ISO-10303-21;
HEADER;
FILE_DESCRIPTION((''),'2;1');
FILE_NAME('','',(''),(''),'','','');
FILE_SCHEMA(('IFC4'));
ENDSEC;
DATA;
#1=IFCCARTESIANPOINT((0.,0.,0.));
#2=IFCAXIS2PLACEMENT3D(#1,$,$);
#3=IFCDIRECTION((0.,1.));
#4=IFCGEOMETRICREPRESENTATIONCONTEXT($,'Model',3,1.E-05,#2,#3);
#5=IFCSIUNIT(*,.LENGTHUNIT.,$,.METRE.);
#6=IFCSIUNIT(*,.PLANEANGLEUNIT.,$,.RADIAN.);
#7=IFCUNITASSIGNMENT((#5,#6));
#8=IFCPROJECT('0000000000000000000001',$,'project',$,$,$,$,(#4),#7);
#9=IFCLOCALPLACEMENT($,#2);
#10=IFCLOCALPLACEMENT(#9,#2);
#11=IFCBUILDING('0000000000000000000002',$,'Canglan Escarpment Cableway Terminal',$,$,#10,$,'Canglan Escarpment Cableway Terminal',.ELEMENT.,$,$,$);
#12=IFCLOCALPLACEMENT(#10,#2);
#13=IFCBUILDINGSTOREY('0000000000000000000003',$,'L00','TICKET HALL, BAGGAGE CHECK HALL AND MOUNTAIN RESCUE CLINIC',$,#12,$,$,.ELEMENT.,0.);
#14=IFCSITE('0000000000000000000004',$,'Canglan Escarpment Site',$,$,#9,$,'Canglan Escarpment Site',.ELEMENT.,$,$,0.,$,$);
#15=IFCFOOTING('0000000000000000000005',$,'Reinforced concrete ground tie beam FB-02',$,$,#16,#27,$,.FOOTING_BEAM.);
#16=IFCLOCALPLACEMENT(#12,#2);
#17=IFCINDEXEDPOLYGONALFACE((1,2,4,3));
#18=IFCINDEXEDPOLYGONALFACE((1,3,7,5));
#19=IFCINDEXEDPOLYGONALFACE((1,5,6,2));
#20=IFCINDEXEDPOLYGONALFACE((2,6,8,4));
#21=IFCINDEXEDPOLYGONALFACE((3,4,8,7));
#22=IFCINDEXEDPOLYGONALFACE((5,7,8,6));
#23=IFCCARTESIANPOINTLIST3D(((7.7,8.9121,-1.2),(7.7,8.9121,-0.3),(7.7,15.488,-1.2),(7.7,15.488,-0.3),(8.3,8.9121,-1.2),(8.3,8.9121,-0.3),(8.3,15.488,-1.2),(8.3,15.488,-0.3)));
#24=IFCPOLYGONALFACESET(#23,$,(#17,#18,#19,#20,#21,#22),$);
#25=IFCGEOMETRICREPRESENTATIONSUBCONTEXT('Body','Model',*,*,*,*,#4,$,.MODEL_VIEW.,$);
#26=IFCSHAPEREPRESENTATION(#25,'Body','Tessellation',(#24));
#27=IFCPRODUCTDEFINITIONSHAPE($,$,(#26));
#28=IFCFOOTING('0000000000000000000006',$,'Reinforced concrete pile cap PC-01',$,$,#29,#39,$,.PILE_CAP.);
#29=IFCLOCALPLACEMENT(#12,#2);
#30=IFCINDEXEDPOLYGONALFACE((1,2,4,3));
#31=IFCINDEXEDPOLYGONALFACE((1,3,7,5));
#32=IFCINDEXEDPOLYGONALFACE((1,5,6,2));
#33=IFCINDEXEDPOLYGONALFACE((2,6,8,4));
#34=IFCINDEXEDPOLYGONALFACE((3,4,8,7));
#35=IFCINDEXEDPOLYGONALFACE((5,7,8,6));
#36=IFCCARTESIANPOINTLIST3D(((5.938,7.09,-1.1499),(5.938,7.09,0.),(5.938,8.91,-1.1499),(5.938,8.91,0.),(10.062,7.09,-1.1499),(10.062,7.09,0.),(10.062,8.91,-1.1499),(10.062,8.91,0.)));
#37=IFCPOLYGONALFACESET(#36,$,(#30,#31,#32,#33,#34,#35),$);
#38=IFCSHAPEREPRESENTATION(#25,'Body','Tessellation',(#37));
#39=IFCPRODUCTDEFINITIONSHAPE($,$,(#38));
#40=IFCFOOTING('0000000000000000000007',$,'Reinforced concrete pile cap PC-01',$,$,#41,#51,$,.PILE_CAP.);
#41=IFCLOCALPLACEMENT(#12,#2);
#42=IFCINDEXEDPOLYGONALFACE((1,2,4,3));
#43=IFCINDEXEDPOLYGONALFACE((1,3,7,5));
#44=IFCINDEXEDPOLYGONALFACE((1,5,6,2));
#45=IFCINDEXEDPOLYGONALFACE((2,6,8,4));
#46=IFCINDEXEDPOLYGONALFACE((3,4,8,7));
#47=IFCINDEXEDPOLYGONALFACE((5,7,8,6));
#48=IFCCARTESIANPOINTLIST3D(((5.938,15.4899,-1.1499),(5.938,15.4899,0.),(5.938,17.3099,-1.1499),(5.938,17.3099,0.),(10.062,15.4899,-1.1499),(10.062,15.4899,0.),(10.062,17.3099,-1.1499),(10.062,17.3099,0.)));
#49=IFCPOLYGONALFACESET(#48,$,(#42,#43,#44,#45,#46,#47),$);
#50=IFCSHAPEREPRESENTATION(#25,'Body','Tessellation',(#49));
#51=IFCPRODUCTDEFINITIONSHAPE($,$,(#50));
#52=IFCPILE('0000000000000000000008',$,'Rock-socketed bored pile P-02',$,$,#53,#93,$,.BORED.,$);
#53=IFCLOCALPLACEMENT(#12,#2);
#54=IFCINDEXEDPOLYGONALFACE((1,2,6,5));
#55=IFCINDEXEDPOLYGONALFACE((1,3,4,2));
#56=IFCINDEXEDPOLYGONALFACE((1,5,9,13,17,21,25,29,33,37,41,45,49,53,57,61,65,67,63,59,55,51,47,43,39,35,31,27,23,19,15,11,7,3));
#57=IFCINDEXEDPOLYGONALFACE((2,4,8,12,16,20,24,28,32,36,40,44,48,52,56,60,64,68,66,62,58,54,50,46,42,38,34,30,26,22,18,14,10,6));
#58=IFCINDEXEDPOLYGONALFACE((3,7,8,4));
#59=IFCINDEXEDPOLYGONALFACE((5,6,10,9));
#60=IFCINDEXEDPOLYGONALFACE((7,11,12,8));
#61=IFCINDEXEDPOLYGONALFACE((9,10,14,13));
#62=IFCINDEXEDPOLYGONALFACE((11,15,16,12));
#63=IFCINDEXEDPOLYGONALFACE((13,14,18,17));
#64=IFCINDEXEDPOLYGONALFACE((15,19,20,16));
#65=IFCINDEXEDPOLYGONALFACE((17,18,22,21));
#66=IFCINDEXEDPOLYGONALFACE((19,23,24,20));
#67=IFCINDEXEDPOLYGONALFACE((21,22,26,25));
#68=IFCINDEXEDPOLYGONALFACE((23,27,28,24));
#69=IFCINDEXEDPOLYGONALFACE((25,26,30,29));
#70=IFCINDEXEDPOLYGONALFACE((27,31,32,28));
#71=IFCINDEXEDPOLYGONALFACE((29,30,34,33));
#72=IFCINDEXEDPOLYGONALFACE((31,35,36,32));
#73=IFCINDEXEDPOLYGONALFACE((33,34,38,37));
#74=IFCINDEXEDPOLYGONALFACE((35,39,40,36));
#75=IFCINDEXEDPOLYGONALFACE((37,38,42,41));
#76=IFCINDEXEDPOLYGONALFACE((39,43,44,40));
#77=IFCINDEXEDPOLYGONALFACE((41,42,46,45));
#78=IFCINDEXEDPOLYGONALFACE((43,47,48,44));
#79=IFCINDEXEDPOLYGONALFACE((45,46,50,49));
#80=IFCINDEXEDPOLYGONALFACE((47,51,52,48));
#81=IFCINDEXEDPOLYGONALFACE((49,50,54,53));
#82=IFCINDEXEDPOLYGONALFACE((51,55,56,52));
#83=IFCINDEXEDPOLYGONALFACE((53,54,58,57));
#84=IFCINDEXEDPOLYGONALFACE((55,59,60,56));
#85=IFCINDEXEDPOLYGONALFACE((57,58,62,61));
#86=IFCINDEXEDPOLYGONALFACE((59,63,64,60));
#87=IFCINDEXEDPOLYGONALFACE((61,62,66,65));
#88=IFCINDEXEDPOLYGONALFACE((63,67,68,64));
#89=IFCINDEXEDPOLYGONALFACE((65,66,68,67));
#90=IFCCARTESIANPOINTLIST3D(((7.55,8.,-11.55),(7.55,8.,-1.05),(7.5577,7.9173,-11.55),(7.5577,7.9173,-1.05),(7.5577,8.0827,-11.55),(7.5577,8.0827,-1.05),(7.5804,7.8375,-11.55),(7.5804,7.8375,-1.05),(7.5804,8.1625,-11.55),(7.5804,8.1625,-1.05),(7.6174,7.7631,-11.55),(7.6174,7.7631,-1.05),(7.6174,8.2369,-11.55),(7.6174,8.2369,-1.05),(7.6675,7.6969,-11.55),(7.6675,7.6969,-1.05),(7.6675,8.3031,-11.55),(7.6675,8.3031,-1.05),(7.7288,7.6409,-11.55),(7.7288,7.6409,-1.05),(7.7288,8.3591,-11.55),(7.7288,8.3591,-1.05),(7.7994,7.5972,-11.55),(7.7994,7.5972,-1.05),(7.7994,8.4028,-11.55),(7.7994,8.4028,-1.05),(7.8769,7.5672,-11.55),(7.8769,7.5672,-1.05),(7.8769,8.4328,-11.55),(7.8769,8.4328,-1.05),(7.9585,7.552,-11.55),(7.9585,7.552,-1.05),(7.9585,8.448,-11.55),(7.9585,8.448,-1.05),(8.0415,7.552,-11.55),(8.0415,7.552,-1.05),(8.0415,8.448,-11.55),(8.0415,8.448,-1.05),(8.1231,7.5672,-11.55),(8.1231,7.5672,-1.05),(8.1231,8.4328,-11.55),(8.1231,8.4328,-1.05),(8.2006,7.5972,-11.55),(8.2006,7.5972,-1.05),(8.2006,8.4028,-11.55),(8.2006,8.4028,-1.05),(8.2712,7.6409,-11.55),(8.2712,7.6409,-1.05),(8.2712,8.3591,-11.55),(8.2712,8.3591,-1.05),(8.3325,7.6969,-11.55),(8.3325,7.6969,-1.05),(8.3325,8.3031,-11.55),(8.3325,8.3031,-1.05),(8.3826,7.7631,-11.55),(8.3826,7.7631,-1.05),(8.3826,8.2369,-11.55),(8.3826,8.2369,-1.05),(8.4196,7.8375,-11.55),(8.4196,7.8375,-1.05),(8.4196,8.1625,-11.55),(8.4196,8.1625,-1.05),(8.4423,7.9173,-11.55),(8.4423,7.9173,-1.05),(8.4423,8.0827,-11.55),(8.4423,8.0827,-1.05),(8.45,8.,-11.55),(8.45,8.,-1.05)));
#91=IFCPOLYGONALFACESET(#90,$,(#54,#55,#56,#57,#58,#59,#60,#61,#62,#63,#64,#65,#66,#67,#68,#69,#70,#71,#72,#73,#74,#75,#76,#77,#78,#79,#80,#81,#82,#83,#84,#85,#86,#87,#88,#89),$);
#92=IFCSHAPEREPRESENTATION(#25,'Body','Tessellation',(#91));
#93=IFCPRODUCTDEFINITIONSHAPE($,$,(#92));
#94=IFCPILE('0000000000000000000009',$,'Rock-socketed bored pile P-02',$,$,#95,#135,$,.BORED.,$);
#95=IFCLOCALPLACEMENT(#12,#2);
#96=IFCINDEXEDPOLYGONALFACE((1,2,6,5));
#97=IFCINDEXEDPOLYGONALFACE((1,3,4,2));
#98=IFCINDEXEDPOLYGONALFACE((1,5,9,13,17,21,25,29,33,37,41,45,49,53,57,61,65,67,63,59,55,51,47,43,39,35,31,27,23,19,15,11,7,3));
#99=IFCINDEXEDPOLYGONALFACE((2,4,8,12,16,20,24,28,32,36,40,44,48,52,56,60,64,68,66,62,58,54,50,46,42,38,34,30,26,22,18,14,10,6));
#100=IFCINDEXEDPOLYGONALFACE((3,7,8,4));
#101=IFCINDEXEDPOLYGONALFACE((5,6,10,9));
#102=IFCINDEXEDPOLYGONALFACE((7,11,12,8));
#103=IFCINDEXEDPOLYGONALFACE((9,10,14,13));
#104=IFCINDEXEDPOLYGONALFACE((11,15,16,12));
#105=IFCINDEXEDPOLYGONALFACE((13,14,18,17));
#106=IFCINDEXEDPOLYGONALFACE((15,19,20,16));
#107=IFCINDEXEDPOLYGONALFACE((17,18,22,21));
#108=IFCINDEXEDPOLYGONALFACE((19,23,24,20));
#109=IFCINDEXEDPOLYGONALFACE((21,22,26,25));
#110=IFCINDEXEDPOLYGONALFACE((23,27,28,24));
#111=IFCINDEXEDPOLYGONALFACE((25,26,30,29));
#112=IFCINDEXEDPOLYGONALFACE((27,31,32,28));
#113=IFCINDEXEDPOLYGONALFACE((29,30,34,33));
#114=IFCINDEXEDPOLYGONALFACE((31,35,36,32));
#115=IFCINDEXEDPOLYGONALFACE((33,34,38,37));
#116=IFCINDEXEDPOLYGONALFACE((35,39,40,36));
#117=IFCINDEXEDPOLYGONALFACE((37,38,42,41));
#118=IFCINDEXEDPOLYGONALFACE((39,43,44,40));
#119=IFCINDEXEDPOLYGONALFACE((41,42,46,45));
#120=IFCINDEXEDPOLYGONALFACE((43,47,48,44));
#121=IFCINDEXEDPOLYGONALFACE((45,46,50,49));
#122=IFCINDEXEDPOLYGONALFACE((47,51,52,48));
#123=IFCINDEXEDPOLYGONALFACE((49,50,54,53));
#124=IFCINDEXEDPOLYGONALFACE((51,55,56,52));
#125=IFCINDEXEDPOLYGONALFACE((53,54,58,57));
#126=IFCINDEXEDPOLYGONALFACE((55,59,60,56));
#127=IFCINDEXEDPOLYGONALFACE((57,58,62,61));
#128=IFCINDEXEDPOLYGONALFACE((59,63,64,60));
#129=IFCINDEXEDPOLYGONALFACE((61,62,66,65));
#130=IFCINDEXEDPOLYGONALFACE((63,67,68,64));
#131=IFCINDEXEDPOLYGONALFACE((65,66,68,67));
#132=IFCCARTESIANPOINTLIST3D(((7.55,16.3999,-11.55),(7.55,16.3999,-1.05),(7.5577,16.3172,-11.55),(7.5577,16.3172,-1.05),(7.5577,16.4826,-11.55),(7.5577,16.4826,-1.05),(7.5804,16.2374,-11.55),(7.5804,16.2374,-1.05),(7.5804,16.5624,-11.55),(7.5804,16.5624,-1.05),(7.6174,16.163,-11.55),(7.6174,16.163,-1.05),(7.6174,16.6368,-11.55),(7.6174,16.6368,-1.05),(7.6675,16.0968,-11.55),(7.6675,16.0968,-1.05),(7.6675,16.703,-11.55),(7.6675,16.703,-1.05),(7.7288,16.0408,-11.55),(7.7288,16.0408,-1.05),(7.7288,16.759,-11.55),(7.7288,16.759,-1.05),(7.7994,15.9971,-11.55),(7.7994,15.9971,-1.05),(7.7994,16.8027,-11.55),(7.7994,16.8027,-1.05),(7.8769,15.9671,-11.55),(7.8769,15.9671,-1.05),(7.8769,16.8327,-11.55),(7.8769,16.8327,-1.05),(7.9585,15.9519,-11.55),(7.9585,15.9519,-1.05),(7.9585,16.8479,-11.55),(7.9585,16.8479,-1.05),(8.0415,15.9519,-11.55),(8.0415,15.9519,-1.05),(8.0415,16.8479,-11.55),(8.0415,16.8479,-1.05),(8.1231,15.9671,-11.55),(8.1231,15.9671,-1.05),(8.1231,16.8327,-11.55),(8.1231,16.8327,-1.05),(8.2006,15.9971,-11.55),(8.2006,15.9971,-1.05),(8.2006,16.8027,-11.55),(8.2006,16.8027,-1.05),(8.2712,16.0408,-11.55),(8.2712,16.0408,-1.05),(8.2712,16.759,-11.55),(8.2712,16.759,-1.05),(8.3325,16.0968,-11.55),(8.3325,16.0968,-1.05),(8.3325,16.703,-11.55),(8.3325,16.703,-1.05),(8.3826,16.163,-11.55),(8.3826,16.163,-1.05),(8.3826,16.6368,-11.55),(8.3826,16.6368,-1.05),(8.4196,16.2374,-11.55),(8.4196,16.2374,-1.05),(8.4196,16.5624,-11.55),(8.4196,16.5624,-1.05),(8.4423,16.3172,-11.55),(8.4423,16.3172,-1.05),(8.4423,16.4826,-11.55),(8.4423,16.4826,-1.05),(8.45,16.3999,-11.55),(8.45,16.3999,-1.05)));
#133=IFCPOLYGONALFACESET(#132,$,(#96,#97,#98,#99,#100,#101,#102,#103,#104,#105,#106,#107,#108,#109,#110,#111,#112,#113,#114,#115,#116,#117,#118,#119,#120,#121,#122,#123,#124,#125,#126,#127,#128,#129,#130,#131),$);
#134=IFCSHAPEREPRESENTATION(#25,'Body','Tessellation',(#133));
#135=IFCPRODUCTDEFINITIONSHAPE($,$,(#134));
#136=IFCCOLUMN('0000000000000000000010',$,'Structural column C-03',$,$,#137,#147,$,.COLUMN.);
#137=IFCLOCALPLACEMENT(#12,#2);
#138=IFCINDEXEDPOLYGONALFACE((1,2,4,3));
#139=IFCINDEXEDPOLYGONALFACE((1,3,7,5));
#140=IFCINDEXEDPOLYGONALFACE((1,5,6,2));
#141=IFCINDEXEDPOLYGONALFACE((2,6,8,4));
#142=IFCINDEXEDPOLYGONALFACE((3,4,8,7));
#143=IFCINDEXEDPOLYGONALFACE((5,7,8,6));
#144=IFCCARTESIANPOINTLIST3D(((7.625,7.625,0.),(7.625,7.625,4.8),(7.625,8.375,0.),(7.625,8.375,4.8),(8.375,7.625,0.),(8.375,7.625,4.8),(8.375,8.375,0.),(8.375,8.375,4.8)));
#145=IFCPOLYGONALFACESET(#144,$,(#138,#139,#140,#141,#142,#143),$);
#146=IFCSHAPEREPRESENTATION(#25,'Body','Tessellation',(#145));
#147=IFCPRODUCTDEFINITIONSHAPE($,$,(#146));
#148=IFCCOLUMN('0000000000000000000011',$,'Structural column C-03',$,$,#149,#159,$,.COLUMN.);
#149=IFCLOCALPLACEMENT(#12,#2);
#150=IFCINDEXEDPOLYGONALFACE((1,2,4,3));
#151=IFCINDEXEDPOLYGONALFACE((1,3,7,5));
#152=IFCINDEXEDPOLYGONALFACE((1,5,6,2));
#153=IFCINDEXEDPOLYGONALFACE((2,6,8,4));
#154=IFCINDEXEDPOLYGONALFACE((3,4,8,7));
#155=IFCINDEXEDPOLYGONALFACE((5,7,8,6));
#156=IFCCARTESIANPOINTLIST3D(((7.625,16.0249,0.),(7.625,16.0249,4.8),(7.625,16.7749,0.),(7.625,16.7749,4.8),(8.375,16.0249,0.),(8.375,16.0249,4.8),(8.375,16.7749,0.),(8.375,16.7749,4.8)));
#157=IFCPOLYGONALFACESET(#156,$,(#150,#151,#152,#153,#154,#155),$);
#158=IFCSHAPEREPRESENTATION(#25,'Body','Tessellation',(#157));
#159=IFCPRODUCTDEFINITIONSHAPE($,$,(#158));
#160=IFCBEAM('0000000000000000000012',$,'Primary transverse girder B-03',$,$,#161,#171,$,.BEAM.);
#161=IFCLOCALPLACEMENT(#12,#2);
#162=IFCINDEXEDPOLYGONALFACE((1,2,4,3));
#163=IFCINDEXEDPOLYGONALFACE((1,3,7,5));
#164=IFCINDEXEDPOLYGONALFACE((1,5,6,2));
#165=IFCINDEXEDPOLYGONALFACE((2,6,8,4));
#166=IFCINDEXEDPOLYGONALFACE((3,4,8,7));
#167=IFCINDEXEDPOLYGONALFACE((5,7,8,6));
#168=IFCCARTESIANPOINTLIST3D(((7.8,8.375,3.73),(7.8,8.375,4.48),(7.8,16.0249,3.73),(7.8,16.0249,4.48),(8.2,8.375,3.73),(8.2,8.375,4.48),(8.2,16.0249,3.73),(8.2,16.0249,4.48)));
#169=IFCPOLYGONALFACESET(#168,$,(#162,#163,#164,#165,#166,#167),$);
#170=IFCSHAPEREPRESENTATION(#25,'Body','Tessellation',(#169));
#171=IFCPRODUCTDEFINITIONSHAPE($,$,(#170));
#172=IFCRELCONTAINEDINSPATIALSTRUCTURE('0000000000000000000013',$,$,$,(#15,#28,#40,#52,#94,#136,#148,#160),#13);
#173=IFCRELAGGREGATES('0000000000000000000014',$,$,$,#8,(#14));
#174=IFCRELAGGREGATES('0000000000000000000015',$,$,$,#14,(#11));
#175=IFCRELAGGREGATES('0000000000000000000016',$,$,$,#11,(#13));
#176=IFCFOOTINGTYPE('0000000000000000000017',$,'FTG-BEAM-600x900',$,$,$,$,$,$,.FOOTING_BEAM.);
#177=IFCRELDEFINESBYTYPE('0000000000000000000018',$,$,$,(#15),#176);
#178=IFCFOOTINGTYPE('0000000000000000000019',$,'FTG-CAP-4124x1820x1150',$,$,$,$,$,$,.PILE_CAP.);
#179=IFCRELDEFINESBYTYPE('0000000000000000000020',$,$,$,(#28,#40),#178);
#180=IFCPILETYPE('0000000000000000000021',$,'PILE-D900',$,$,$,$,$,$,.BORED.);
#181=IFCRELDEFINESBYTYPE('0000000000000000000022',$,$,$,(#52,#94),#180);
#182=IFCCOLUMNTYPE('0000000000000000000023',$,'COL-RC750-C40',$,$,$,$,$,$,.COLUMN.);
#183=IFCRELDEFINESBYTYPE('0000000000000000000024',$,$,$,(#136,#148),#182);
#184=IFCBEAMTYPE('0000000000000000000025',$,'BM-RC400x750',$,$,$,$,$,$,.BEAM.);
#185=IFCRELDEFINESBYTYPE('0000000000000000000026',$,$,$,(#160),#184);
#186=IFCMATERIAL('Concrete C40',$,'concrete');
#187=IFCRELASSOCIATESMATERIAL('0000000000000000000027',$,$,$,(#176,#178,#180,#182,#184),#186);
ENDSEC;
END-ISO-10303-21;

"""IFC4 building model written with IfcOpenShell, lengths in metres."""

from ifc_helpers import new_model, si_unit, direction, frame, origin, origin_2d, place, context, subcontext, project, spatial, rectangle, circle, extrude, material, material_profile, profile_set, type_object, element, save


model = new_model("IFC4")

# Units and contexts
model_context = context("Model", 3, precision=1e-05, world=origin(), true_north=direction((0.0, 1.0)))
body_context = subcontext(model_context, "Body", "Model", "MODEL_VIEW")
ifc_project = project(units=[si_unit("LENGTHUNIT", "METRE"), si_unit("PLANEANGLEUNIT", "RADIAN")], contexts=[model_context])

# Site, building, storey
site_placement = place(None, origin())
site = spatial("IfcSite", under=ifc_project, at=site_placement, Name="Canglan Escarpment Site", LongName="Canglan Escarpment Site", CompositionType="ELEMENT", RefElevation=0.0)
building_placement = place(site_placement, origin())
building = spatial("IfcBuilding", under=site, at=building_placement, Name="Canglan Escarpment Cableway Terminal", LongName="Canglan Escarpment Cableway Terminal", CompositionType="ELEMENT")
storey_placement = place(building_placement, origin())
storey = spatial("IfcBuildingStorey", under=building, at=storey_placement, Name="L00", Description="TICKET HALL, BAGGAGE CHECK HALL AND MOUNTAIN RESCUE CLINIC", CompositionType="ELEMENT", Elevation=0.0)

# Footings
ifc_material_1 = material(Name="Concrete C40", Category="concrete")
ifc_material_profile_1 = material_profile(ifc_material_1, rectangle(XDim=0.6001, YDim=0.8999, at=origin_2d()), Name="FB 600x900")
ifc_profile_set_1 = profile_set([ifc_material_profile_1], Name="Concrete C40")
footing_type_1 = type_object("IfcFootingType", Name="FTG-BEAM-600x900", PredefinedType="FOOTING_BEAM", material=ifc_profile_set_1)
footing_placement = place(storey_placement, frame((8.0, 8.9121, -0.75), z_axis=(0.0, 1.0, 0.0), x_axis=(-1.0, 0.0, 0.0)))
element("IfcFooting", 1, at=footing_placement, inside=storey, type_object=footing_type_1, Name="Reinforced concrete ground tie beam FB-02", PredefinedType="FOOTING_BEAM", context=body_context, shape_type="SweptSolid", body=[
    extrude(rectangle(XDim=0.6001, YDim=0.8999, at=origin_2d()), origin(), (0.0, 0.0, 1.0), 6.5759),
])
footing_type_2 = type_object("IfcFootingType", Name="FTG-CAP-4124x1820x1150", PredefinedType="PILE_CAP", material=ifc_material_1)
for number, where, z_axis, x_axis, name in (
    (2, (8.0, 8.0, -1.1499), (0.0, 0.0, 1.0), (1.0, 0.0, 0.0), "Reinforced concrete pile cap PC-01"),
    (3, (8.0, 16.3999, -1.1499), (0.0, 0.0, 1.0), (1.0, 0.0, 0.0), "Reinforced concrete pile cap PC-01"),
):
    element("IfcFooting", number, at=place(storey_placement, frame(where, z_axis=z_axis, x_axis=x_axis)), inside=storey, type_object=footing_type_2, Name=name, PredefinedType="PILE_CAP", context=body_context, shape_type="SweptSolid", body=[
        extrude(rectangle(XDim=4.124, YDim=1.8201, at=origin_2d()), origin(), (0.0, 0.0, 1.0), 1.1499),
    ])

# Piles
ifc_material_profile_2 = material_profile(ifc_material_1, circle(Radius=0.45, at=origin_2d()), Name="BORED PILE D900")
ifc_profile_set_2 = profile_set([ifc_material_profile_2], Name="Concrete C40")
pile_type = type_object("IfcPileType", Name="PILE-D900", PredefinedType="BORED", material=ifc_profile_set_2)
for number, where, z_axis, x_axis, name in (
    (4, (8.0, 8.0, -1.05), (0.0, 0.0, -1.0), (1.0, 0.0, 0.0), "Rock-socketed bored pile P-02"),
    (5, (8.0, 16.3999, -1.05), (0.0, 0.0, -1.0), (1.0, 0.0, 0.0), "Rock-socketed bored pile P-02"),
):
    element("IfcPile", number, at=place(storey_placement, frame(where, z_axis=z_axis, x_axis=x_axis)), inside=storey, type_object=pile_type, Name=name, PredefinedType="BORED", context=body_context, shape_type="SweptSolid", body=[
        extrude(circle(Radius=0.45, at=origin_2d()), origin(), (0.0, 0.0, 1.0), 10.5),
    ])

# Columns
ifc_material_profile_3 = material_profile(ifc_material_1, rectangle(XDim=0.75, YDim=0.75, at=origin_2d()), Name="RC 750x750")
ifc_profile_set_3 = profile_set([ifc_material_profile_3], Name="Concrete C40")
column_type = type_object("IfcColumnType", Name="COL-RC750-C40", PredefinedType="COLUMN", material=ifc_profile_set_3)
for number, where, z_axis, x_axis, name in (
    (6, (8.0, 8.0, 0.0), (0.0, 0.0, 1.0), (1.0, 0.0, 0.0), "Structural column C-03"),
    (7, (8.0, 16.3999, 0.0), (0.0, 0.0, 1.0), (1.0, 0.0, 0.0), "Structural column C-03"),
):
    element("IfcColumn", number, at=place(storey_placement, frame(where, z_axis=z_axis, x_axis=x_axis)), inside=storey, type_object=column_type, Name=name, PredefinedType="COLUMN", context=body_context, shape_type="SweptSolid", body=[
        extrude(rectangle(XDim=0.75, YDim=0.75, at=origin_2d()), origin(), (0.0, 0.0, 1.0), 4.8),
    ])

# Beam
ifc_material_profile_4 = material_profile(ifc_material_1, rectangle(XDim=0.3999, YDim=0.75, at=origin_2d()), Name="RC 400x750")
ifc_profile_set_4 = profile_set([ifc_material_profile_4], Name="Concrete C40")
beam_type_1 = type_object("IfcBeamType", Name="BM-RC400x750", PredefinedType="BEAM", material=ifc_profile_set_4)
beam_1_placement = place(storey_placement, frame((8.0, 8.375, 4.105), z_axis=(0.0, 1.0, 0.0), x_axis=(-1.0, 0.0, 0.0)))
element("IfcBeam", 8, at=beam_1_placement, inside=storey, type_object=beam_type_1, Name="Primary transverse girder B-03", PredefinedType="BEAM", context=body_context, shape_type="SweptSolid", body=[
    extrude(rectangle(XDim=0.3999, YDim=0.75, at=origin_2d()), origin(), (0.0, 0.0, 1.0), 7.6499),
])

save(model, "model.ifc")
